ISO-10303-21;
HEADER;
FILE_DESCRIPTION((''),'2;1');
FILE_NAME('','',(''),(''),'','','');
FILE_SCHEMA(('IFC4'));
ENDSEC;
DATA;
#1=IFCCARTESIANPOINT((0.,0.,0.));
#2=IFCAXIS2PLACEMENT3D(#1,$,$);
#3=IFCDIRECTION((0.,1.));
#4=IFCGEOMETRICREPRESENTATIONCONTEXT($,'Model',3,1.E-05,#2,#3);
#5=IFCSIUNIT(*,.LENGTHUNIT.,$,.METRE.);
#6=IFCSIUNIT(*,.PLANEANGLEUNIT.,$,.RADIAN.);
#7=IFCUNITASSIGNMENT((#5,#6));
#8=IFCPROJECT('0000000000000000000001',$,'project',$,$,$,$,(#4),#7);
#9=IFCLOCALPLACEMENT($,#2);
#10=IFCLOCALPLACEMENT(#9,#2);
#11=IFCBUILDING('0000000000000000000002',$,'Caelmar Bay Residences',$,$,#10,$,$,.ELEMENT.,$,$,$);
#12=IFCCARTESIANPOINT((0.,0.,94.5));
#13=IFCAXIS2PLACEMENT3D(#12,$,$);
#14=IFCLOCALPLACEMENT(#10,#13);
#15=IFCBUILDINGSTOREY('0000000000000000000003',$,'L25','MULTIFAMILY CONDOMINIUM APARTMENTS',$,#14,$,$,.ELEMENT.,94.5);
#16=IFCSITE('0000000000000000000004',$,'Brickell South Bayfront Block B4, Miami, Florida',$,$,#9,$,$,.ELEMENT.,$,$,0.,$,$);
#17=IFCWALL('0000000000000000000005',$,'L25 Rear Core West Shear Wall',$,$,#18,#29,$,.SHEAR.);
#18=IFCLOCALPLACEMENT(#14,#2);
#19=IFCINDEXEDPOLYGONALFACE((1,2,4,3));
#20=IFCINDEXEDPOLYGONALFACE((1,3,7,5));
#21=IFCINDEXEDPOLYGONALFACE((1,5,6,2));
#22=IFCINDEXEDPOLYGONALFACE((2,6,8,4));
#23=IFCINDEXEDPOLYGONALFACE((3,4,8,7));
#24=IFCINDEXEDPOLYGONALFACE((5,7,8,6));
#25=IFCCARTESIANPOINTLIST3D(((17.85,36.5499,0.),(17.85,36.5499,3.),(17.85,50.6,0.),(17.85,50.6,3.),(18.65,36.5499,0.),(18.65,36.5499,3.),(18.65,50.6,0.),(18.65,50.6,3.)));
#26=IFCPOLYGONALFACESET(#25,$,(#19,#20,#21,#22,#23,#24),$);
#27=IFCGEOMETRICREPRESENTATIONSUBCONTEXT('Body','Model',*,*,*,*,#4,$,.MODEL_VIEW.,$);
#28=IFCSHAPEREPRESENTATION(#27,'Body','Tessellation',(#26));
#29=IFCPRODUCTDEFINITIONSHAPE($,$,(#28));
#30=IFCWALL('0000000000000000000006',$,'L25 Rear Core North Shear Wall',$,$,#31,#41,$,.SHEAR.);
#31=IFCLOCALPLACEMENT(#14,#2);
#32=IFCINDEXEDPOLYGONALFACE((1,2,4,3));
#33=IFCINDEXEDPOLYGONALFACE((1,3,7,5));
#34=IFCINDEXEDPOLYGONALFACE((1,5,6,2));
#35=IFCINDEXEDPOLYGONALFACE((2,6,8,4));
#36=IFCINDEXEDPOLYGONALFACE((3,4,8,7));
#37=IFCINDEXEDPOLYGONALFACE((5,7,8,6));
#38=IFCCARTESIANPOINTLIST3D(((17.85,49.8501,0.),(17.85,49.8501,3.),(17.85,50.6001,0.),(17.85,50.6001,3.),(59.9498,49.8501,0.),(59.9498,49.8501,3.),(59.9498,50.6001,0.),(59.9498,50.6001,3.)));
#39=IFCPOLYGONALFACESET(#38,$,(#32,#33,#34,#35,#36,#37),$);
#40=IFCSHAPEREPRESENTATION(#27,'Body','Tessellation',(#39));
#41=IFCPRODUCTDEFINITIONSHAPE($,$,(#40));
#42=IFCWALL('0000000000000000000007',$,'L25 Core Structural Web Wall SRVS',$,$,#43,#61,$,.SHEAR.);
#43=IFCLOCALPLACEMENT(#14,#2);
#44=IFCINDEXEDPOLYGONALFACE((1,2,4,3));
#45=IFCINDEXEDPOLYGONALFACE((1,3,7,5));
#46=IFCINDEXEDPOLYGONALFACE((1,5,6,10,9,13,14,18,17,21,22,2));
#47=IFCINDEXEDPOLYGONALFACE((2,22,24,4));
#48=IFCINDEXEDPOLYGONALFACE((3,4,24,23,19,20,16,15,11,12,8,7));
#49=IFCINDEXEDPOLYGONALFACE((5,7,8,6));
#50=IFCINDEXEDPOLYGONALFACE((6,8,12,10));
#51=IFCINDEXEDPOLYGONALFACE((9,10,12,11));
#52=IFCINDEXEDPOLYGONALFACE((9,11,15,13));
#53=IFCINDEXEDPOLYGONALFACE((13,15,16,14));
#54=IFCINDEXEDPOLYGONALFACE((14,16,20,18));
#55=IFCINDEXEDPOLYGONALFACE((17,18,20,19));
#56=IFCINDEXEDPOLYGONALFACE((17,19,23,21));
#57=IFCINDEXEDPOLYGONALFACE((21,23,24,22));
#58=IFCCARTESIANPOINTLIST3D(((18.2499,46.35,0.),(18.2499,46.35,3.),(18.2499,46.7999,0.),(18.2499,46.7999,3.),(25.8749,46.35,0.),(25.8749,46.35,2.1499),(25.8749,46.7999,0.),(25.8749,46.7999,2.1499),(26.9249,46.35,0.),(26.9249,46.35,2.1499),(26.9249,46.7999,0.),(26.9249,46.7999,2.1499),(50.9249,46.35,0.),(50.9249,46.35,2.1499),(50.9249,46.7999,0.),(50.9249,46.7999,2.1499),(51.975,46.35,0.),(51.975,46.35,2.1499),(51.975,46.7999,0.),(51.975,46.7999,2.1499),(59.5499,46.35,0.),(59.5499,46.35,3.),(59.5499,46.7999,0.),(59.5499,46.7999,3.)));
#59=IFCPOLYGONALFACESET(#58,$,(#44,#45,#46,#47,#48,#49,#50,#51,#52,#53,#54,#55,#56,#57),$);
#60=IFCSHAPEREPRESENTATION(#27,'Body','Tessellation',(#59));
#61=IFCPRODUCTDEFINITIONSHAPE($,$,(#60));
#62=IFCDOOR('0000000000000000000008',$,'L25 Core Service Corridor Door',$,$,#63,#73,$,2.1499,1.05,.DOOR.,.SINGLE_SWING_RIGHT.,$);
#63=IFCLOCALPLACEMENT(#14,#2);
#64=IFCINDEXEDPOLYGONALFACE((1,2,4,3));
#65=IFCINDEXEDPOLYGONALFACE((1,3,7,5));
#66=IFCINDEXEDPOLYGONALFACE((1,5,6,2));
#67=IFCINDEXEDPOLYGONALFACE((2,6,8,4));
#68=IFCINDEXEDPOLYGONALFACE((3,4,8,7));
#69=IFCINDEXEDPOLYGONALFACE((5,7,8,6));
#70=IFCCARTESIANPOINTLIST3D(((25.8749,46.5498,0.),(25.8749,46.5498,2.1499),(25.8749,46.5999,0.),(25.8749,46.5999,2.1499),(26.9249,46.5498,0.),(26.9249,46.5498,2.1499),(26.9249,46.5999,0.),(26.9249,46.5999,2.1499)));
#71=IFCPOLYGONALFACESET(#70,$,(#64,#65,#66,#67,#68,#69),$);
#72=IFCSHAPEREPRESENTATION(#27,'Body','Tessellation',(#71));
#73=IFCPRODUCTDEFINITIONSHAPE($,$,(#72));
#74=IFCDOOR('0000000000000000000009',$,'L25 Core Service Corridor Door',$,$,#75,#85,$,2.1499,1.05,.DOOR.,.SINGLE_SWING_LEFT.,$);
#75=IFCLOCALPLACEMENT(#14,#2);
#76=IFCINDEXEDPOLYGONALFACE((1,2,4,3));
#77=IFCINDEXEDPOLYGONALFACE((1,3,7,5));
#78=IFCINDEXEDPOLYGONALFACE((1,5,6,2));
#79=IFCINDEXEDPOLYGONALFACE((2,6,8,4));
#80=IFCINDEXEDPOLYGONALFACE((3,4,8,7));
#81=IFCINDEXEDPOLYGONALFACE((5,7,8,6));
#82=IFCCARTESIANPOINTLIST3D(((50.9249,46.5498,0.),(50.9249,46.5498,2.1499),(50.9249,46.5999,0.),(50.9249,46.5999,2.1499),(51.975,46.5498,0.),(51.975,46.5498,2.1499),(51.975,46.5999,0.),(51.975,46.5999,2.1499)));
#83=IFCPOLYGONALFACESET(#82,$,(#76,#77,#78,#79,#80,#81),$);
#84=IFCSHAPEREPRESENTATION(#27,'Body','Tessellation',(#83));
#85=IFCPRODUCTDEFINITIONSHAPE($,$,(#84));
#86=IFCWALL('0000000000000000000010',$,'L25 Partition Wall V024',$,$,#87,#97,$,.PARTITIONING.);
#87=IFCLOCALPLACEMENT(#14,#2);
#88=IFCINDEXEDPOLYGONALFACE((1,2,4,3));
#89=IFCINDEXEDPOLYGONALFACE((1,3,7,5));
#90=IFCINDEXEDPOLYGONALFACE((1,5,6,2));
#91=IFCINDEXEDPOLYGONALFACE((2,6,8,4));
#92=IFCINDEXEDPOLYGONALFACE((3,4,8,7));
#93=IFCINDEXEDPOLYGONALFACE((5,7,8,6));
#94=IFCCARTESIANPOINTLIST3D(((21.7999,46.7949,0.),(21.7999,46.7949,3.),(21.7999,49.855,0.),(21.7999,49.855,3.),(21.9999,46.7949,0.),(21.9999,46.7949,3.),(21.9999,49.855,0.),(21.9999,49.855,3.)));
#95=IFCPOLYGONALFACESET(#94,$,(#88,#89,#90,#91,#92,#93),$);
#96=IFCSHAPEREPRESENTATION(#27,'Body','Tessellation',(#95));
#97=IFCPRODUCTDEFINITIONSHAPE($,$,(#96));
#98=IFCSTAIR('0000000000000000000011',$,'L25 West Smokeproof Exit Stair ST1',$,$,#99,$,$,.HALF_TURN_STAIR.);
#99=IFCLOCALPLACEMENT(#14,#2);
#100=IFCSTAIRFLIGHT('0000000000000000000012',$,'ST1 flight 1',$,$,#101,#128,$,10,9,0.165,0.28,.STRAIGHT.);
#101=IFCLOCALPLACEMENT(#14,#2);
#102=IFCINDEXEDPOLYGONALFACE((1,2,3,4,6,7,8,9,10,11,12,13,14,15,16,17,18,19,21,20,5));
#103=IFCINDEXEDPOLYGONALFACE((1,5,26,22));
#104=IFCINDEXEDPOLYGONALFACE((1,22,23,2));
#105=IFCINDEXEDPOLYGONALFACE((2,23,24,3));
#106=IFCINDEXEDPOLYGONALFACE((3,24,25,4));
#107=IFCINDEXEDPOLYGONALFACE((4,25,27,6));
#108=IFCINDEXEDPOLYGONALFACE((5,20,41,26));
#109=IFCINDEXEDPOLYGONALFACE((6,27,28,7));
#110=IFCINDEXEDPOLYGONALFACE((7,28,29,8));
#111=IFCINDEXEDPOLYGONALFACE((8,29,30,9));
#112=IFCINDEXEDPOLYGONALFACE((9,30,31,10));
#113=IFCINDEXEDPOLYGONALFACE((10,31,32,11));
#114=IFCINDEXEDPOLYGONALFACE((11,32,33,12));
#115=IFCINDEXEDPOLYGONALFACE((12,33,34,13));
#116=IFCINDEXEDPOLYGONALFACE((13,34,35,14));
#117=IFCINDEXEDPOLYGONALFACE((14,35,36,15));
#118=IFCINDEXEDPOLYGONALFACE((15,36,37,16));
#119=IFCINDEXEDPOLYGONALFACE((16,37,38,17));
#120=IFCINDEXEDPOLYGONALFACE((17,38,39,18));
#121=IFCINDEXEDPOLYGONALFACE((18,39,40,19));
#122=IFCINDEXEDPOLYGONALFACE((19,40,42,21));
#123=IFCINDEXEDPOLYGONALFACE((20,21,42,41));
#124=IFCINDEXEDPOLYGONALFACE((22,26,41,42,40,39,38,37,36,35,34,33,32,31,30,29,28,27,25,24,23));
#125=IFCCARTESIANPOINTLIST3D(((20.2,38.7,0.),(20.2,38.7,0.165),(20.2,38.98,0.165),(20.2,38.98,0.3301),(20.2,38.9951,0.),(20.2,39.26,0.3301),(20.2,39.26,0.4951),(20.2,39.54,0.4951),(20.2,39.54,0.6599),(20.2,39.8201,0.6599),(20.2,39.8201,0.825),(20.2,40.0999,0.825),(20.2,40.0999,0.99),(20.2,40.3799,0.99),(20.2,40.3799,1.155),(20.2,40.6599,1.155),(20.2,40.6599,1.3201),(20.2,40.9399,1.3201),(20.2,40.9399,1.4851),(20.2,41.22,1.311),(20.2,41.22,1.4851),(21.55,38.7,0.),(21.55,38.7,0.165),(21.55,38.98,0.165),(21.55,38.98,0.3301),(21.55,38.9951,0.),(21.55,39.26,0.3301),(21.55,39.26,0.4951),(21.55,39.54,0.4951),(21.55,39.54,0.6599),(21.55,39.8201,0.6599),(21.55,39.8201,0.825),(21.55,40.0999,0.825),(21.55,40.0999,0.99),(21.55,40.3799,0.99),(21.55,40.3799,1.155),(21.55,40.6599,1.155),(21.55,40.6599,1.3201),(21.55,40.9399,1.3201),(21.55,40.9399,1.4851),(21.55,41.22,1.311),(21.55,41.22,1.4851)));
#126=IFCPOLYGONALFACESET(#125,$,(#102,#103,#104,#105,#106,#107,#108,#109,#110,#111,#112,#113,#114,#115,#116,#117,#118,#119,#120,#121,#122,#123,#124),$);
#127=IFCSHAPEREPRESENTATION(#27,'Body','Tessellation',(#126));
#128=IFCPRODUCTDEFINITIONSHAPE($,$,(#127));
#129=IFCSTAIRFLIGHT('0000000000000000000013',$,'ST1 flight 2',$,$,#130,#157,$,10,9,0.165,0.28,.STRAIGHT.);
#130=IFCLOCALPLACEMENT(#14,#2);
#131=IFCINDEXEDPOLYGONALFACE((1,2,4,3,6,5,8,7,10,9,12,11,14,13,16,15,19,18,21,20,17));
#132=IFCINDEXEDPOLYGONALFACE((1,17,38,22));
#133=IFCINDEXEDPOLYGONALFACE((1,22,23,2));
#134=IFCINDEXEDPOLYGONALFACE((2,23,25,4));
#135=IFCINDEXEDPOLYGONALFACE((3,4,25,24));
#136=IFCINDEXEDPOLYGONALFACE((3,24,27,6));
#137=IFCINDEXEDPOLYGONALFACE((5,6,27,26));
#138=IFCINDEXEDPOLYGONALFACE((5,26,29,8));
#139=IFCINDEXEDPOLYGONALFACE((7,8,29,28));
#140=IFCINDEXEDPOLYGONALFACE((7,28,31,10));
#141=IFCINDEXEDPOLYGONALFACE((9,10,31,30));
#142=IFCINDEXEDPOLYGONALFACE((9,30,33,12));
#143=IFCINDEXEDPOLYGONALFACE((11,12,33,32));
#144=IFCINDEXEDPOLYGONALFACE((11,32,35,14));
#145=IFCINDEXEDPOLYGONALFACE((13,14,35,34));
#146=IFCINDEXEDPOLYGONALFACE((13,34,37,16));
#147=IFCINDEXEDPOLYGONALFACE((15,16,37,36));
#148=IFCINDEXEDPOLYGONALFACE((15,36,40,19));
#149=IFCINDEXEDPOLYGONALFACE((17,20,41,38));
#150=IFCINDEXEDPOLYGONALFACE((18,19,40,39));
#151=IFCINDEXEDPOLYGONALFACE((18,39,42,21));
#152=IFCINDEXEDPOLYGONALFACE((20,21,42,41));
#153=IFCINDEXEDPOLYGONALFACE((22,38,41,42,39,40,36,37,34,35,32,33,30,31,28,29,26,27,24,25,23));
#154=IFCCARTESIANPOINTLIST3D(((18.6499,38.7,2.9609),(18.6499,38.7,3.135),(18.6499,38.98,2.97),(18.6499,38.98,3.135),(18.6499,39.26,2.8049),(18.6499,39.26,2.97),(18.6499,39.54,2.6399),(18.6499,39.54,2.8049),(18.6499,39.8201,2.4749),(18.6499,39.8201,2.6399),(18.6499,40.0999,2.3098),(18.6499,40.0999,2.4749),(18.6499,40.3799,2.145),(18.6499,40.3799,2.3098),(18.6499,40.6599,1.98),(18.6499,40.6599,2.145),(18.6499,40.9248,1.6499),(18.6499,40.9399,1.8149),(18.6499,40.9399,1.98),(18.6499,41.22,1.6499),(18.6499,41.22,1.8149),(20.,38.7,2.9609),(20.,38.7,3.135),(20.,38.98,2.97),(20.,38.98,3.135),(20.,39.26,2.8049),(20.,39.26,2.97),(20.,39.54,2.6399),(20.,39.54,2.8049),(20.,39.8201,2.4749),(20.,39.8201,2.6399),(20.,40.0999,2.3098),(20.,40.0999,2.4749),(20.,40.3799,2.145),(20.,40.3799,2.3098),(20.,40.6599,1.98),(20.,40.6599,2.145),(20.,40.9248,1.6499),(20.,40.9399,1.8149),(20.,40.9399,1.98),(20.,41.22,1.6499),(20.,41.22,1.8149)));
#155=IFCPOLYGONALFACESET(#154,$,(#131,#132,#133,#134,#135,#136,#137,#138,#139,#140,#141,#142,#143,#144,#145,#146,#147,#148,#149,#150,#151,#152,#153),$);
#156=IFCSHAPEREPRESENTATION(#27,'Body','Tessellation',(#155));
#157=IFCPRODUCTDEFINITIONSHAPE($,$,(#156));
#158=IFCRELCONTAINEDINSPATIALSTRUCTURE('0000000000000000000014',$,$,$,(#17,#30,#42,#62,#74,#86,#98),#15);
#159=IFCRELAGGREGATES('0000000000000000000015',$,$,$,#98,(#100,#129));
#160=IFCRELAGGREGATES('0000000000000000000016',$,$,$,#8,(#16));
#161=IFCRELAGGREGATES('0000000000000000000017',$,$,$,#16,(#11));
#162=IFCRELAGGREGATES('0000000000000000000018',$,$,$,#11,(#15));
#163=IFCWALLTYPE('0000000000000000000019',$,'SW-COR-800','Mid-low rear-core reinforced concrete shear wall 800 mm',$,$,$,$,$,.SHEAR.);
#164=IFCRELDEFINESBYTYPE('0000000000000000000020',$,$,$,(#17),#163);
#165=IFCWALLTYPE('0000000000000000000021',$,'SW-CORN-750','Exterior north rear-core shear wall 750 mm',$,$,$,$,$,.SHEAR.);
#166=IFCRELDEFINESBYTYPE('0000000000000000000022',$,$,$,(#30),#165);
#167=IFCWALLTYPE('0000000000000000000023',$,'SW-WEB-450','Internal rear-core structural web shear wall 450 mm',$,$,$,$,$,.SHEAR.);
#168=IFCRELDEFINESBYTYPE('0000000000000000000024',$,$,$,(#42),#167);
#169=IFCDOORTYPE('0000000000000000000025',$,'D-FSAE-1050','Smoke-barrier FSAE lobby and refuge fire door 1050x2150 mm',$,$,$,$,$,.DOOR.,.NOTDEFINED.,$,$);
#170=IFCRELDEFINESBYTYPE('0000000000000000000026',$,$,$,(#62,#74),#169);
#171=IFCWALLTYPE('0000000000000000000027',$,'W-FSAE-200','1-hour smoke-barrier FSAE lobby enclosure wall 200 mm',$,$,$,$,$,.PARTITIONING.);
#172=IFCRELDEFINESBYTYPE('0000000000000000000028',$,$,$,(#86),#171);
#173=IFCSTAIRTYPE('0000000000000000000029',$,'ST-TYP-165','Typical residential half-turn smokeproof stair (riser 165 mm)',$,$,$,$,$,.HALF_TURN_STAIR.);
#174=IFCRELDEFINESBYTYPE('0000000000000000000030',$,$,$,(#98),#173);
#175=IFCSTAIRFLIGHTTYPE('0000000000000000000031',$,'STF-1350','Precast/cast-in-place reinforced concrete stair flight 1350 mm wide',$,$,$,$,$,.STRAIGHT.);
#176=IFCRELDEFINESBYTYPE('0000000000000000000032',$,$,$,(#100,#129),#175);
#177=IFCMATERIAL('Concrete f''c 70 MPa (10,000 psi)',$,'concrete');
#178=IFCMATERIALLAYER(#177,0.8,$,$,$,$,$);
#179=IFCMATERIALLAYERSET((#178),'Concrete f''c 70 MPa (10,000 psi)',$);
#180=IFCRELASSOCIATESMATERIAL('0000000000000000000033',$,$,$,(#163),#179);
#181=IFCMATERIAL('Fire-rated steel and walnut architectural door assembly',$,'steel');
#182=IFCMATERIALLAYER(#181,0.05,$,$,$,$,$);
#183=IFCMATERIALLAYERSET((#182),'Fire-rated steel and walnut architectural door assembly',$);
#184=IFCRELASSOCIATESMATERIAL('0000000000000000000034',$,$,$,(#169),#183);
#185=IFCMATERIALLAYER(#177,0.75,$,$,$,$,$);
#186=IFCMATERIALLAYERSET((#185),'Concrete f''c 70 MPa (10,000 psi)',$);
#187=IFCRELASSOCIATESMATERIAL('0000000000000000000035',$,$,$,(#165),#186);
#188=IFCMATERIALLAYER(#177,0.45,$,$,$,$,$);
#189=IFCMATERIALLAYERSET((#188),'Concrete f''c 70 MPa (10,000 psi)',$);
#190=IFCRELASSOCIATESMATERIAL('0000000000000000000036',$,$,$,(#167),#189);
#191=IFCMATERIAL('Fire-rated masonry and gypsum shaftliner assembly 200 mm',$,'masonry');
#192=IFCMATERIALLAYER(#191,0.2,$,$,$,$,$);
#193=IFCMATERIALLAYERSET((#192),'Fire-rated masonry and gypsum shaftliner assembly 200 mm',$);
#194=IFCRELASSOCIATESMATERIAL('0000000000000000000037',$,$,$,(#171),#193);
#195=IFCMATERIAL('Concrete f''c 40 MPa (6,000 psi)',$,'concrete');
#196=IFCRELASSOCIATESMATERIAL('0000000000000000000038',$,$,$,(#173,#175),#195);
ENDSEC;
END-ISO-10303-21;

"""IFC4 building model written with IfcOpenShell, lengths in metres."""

from ifc_helpers import new_model, si_unit, direction, frame, frame_2d, origin, place, context, subcontext, project, spatial, polyline, rectangle, outline, extrude, material, layer, layer_set, type_object, element, fill, aggregate, save


model = new_model("IFC4")

# Units and contexts
model_context = context("Model", 3, precision=1e-05, world=origin(), true_north=direction((0.0, 1.0)))
body_context = subcontext(model_context, "Body", "Model", "MODEL_VIEW")
ifc_project = project(units=[si_unit("LENGTHUNIT", "METRE"), si_unit("PLANEANGLEUNIT", "RADIAN")], contexts=[model_context])

# Site, building, storey
site_placement = place(None, origin())
site = spatial("IfcSite", under=ifc_project, at=site_placement, Name="Brickell South Bayfront Block B4, Miami, Florida", CompositionType="ELEMENT", RefElevation=0.0)
building_placement = place(site_placement, origin())
building = spatial("IfcBuilding", under=site, at=building_placement, Name="Caelmar Bay Residences", CompositionType="ELEMENT")
storey_placement = place(building_placement, frame((0.0, 0.0, 94.5)))
storey = spatial("IfcBuildingStorey", under=building, at=storey_placement, Name="L25", Description="MULTIFAMILY CONDOMINIUM APARTMENTS", CompositionType="ELEMENT", Elevation=94.5)

# Shared definitions
ifc_material_1 = material(Name="Fire-rated steel and walnut architectural door assembly", Category="steel")

# Shared definitions
ifc_material_2 = material(Name="Concrete f'c 70 MPa (10,000 psi)", Category="concrete")
ifc_layer_1 = layer(ifc_material_2, 0.8)
ifc_layer_set_1 = layer_set([ifc_layer_1], Name="Concrete f'c 70 MPa (10,000 psi)")
wall_type_1 = type_object("IfcWallType", Name="SW-COR-800", Description="Mid-low rear-core reinforced concrete shear wall 800 mm", PredefinedType="SHEAR", material=ifc_layer_set_1)
ifc_layer_2 = layer(ifc_material_1, 0.05)
ifc_layer_set_2 = layer_set([ifc_layer_2], Name="Fire-rated steel and walnut architectural door assembly")
door_type_1 = type_object("IfcDoorType", Name="D-FSAE-1050", Description="Smoke-barrier FSAE lobby and refuge fire door 1050x2150 mm", OperationType="NOTDEFINED", PredefinedType="DOOR", material=ifc_layer_set_2)

# Walls
wall_1_placement = place(storey_placement, frame((18.25, 36.55, 0.0), z_axis=(0.0, 0.0, 1.0), x_axis=(0.0, 1.0, 0.0)))
element("IfcWall", 1, at=wall_1_placement, inside=storey, type_object=wall_type_1, Name="L25 Rear Core West Shear Wall", PredefinedType="SHEAR", context=body_context, shape_type="SweptSolid", body=[
    extrude(rectangle(XDim=14.05, YDim=0.8, at=frame_2d((7.0249, 0.0))), origin(), (0.0, 0.0, 1.0), 3.0),
])
ifc_layer_3 = layer(ifc_material_2, 0.75)
ifc_layer_set_3 = layer_set([ifc_layer_3], Name="Concrete f'c 70 MPa (10,000 psi)")
wall_type_2 = type_object("IfcWallType", Name="SW-CORN-750", Description="Exterior north rear-core shear wall 750 mm", PredefinedType="SHEAR", material=ifc_layer_set_3)
wall_2_placement = place(storey_placement, frame((17.8501, 50.2251, 0.0), z_axis=(0.0, 0.0, 1.0), x_axis=(1.0, 0.0, 0.0)))
element("IfcWall", 2, at=wall_2_placement, inside=storey, type_object=wall_type_2, Name="L25 Rear Core North Shear Wall", PredefinedType="SHEAR", context=body_context, shape_type="SweptSolid", body=[
    extrude(rectangle(XDim=42.0999, YDim=0.75, at=frame_2d((21.0498, 0.0))), origin(), (0.0, 0.0, 1.0), 3.0),
])

# Wall, openings, doors
ifc_layer_4 = layer(ifc_material_2, 0.45)
ifc_layer_set_4 = layer_set([ifc_layer_4], Name="Concrete f'c 70 MPa (10,000 psi)")
wall_type_3 = type_object("IfcWallType", Name="SW-WEB-450", Description="Internal rear-core structural web shear wall 450 mm", PredefinedType="SHEAR", material=ifc_layer_set_4)
wall_3_placement = place(storey_placement, frame((18.25, 46.575, 0.0), z_axis=(0.0, 0.0, 1.0), x_axis=(1.0, 0.0, 0.0)))
wall_3 = element("IfcWall", 3, at=wall_3_placement, inside=storey, type_object=wall_type_3, Name="L25 Core Structural Web Wall SRVS", PredefinedType="SHEAR", context=body_context, shape_type="SweptSolid", body=[
    extrude(rectangle(XDim=41.3, YDim=0.45, at=frame_2d((20.6499, 0.0))), origin(), (0.0, 0.0, 1.0), 3.0),
])
opening_1_placement = place(wall_3_placement, frame((7.625, 0.0, 0.0)))
opening_1 = element("IfcOpeningElement", 4, at=opening_1_placement, cuts=wall_3, PredefinedType="OPENING", context=body_context, shape_type="SweptSolid", body=[
    extrude(rectangle(XDim=1.05, YDim=2.1499, at=frame_2d((0.5249, 1.075))), frame((0.0, 0.2349, 0.0), z_axis=(0.0, -1.0, 0.0), x_axis=(1.0, 0.0, 0.0)), (0.0, 0.0, 1.0), 0.47),
])
opening_2_placement = place(wall_3_placement, frame((32.675, 0.0, 0.0)))
opening_2 = element("IfcOpeningElement", 5, at=opening_2_placement, cuts=wall_3, PredefinedType="OPENING", context=body_context, shape_type="SweptSolid", body=[
    extrude(rectangle(XDim=1.05, YDim=2.1499, at=frame_2d((0.5249, 1.075))), frame((0.0, 0.2349, 0.0), z_axis=(0.0, -1.0, 0.0), x_axis=(1.0, 0.0, 0.0)), (0.0, 0.0, 1.0), 0.47),
])
door_1_placement = place(opening_1_placement, origin())
door_1 = element("IfcDoor", 6, at=door_1_placement, inside=storey, type_object=door_type_1, Name="L25 Core Service Corridor Door", OperationType="SINGLE_SWING_RIGHT", OverallHeight=2.1499, OverallWidth=1.05, PredefinedType="DOOR", context=body_context, shape_type="SweptSolid", body=[
    extrude(rectangle(XDim=1.05, YDim=2.1499, at=frame_2d((0.5249, 1.075))), frame((0.0, 0.0249, 0.0), z_axis=(0.0, -1.0, 0.0), x_axis=(1.0, 0.0, 0.0)), (0.0, 0.0, 1.0), 0.05),
])
fill(opening_1, door_1)
door_2_placement = place(opening_2_placement, origin())
door_2 = element("IfcDoor", 7, at=door_2_placement, inside=storey, type_object=door_type_1, Name="L25 Core Service Corridor Door", OperationType="SINGLE_SWING_LEFT", OverallHeight=2.1499, OverallWidth=1.05, PredefinedType="DOOR", context=body_context, shape_type="SweptSolid", body=[
    extrude(rectangle(XDim=1.05, YDim=2.1499, at=frame_2d((0.5249, 1.075))), frame((0.0, 0.0249, 0.0), z_axis=(0.0, -1.0, 0.0), x_axis=(1.0, 0.0, 0.0)), (0.0, 0.0, 1.0), 0.05),
])
fill(opening_2, door_2)

# Wall
ifc_material_3 = material(Name="Fire-rated masonry and gypsum shaftliner assembly 200 mm", Category="masonry")
ifc_layer_5 = layer(ifc_material_3, 0.2)
ifc_layer_set_5 = layer_set([ifc_layer_5], Name="Fire-rated masonry and gypsum shaftliner assembly 200 mm")
wall_type_4 = type_object("IfcWallType", Name="W-FSAE-200", Description="1-hour smoke-barrier FSAE lobby enclosure wall 200 mm", PredefinedType="PARTITIONING", material=ifc_layer_set_5)
wall_4_placement = place(storey_placement, frame((21.8999, 46.7949, 0.0), z_axis=(0.0, 0.0, 1.0), x_axis=(0.0, 1.0, 0.0)))
element("IfcWall", 8, at=wall_4_placement, inside=storey, type_object=wall_type_4, Name="L25 Partition Wall V024", PredefinedType="PARTITIONING", context=body_context, shape_type="SweptSolid", body=[
    extrude(rectangle(XDim=3.0601, YDim=0.2, at=frame_2d((1.53, 0.0))), origin(), (0.0, 0.0, 1.0), 3.0),
])

# Stair, stair flights
ifc_material_4 = material(Name="Concrete f'c 40 MPa (6,000 psi)", Category="concrete")
stair_type = type_object("IfcStairType", Name="ST-TYP-165", Description="Typical residential half-turn smokeproof stair (riser 165 mm)", PredefinedType="HALF_TURN_STAIR", material=ifc_material_4)
stair_placement = place(storey_placement, origin())
stair = element("IfcStair", 9, at=stair_placement, inside=storey, type_object=stair_type, Name="L25 West Smokeproof Exit Stair ST1", PredefinedType="HALF_TURN_STAIR")
stair_flight_type = type_object("IfcStairFlightType", Name="STF-1350", Description="Precast/cast-in-place reinforced concrete stair flight 1350 mm wide", PredefinedType="STRAIGHT", material=ifc_material_4)
stair_flight_1_placement = place(storey_placement, frame((20.875, 38.7, 0.0), z_axis=(0.0, 0.0, 1.0), x_axis=(0.0, 1.0, 0.0)))
stair_flight_1 = element("IfcStairFlight", 10, at=stair_flight_1_placement, type_object=stair_flight_type, Name="ST1 flight 1", NumberOfRisers=10, NumberOfTreads=9, PredefinedType="STRAIGHT", RiserHeight=0.165, TreadLength=0.28, context=body_context, shape_type="SweptSolid", body=[
    extrude(outline(polyline([(0.0, 0.0), (0.0, 0.165), (0.28, 0.165), (0.28, 0.3301), (0.5601, 0.3301), (0.5601, 0.4951), (0.8401, 0.4951), (0.8401, 0.6599), (1.1201, 0.6599), (1.1201, 0.825), (1.3999, 0.825), (1.3999, 0.99), (1.6799, 0.99), (1.6799, 1.155), (1.96, 1.155), (1.96, 1.3201), (2.24, 1.3201), (2.24, 1.4851), (2.52, 1.4851), (2.52, 1.6499), (2.52, 1.311), (0.2952, 0.0), (0.0, 0.0)])), frame((0.0, 0.675, 0.0), z_axis=(0.0, -1.0, 0.0), x_axis=(1.0, 0.0, 0.0)), (0.0, 0.0, 1.0), 1.3501),
])
stair_flight_2_placement = place(storey_placement, frame((19.325, 41.22, 1.6499), z_axis=(0.0, 0.0, 1.0), x_axis=(0.0, -1.0, 0.0)))
stair_flight_2 = element("IfcStairFlight", 11, at=stair_flight_2_placement, type_object=stair_flight_type, Name="ST1 flight 2", NumberOfRisers=10, NumberOfTreads=9, PredefinedType="STRAIGHT", RiserHeight=0.165, TreadLength=0.28, context=body_context, shape_type="SweptSolid", body=[
    extrude(outline(polyline([(0.0, 0.0), (0.0, 0.165), (0.28, 0.165), (0.28, 0.3301), (0.5601, 0.3301), (0.5601, 0.4951), (0.8401, 0.4951), (0.8401, 0.6599), (1.1201, 0.6599), (1.1201, 0.825), (1.3999, 0.825), (1.3999, 0.99), (1.6799, 0.99), (1.6799, 1.155), (1.96, 1.155), (1.96, 1.3201), (2.24, 1.3201), (2.24, 1.4851), (2.52, 1.4851), (2.52, 1.6499), (2.52, 1.311), (0.2952, 0.0), (0.0, 0.0)])), frame((0.0, 0.675, 0.0), z_axis=(0.0, -1.0, 0.0), x_axis=(1.0, 0.0, 0.0)), (0.0, 0.0, 1.0), 1.3501),
])
aggregate(stair, [stair_flight_1, stair_flight_2])

save(model, "model.ifc")
